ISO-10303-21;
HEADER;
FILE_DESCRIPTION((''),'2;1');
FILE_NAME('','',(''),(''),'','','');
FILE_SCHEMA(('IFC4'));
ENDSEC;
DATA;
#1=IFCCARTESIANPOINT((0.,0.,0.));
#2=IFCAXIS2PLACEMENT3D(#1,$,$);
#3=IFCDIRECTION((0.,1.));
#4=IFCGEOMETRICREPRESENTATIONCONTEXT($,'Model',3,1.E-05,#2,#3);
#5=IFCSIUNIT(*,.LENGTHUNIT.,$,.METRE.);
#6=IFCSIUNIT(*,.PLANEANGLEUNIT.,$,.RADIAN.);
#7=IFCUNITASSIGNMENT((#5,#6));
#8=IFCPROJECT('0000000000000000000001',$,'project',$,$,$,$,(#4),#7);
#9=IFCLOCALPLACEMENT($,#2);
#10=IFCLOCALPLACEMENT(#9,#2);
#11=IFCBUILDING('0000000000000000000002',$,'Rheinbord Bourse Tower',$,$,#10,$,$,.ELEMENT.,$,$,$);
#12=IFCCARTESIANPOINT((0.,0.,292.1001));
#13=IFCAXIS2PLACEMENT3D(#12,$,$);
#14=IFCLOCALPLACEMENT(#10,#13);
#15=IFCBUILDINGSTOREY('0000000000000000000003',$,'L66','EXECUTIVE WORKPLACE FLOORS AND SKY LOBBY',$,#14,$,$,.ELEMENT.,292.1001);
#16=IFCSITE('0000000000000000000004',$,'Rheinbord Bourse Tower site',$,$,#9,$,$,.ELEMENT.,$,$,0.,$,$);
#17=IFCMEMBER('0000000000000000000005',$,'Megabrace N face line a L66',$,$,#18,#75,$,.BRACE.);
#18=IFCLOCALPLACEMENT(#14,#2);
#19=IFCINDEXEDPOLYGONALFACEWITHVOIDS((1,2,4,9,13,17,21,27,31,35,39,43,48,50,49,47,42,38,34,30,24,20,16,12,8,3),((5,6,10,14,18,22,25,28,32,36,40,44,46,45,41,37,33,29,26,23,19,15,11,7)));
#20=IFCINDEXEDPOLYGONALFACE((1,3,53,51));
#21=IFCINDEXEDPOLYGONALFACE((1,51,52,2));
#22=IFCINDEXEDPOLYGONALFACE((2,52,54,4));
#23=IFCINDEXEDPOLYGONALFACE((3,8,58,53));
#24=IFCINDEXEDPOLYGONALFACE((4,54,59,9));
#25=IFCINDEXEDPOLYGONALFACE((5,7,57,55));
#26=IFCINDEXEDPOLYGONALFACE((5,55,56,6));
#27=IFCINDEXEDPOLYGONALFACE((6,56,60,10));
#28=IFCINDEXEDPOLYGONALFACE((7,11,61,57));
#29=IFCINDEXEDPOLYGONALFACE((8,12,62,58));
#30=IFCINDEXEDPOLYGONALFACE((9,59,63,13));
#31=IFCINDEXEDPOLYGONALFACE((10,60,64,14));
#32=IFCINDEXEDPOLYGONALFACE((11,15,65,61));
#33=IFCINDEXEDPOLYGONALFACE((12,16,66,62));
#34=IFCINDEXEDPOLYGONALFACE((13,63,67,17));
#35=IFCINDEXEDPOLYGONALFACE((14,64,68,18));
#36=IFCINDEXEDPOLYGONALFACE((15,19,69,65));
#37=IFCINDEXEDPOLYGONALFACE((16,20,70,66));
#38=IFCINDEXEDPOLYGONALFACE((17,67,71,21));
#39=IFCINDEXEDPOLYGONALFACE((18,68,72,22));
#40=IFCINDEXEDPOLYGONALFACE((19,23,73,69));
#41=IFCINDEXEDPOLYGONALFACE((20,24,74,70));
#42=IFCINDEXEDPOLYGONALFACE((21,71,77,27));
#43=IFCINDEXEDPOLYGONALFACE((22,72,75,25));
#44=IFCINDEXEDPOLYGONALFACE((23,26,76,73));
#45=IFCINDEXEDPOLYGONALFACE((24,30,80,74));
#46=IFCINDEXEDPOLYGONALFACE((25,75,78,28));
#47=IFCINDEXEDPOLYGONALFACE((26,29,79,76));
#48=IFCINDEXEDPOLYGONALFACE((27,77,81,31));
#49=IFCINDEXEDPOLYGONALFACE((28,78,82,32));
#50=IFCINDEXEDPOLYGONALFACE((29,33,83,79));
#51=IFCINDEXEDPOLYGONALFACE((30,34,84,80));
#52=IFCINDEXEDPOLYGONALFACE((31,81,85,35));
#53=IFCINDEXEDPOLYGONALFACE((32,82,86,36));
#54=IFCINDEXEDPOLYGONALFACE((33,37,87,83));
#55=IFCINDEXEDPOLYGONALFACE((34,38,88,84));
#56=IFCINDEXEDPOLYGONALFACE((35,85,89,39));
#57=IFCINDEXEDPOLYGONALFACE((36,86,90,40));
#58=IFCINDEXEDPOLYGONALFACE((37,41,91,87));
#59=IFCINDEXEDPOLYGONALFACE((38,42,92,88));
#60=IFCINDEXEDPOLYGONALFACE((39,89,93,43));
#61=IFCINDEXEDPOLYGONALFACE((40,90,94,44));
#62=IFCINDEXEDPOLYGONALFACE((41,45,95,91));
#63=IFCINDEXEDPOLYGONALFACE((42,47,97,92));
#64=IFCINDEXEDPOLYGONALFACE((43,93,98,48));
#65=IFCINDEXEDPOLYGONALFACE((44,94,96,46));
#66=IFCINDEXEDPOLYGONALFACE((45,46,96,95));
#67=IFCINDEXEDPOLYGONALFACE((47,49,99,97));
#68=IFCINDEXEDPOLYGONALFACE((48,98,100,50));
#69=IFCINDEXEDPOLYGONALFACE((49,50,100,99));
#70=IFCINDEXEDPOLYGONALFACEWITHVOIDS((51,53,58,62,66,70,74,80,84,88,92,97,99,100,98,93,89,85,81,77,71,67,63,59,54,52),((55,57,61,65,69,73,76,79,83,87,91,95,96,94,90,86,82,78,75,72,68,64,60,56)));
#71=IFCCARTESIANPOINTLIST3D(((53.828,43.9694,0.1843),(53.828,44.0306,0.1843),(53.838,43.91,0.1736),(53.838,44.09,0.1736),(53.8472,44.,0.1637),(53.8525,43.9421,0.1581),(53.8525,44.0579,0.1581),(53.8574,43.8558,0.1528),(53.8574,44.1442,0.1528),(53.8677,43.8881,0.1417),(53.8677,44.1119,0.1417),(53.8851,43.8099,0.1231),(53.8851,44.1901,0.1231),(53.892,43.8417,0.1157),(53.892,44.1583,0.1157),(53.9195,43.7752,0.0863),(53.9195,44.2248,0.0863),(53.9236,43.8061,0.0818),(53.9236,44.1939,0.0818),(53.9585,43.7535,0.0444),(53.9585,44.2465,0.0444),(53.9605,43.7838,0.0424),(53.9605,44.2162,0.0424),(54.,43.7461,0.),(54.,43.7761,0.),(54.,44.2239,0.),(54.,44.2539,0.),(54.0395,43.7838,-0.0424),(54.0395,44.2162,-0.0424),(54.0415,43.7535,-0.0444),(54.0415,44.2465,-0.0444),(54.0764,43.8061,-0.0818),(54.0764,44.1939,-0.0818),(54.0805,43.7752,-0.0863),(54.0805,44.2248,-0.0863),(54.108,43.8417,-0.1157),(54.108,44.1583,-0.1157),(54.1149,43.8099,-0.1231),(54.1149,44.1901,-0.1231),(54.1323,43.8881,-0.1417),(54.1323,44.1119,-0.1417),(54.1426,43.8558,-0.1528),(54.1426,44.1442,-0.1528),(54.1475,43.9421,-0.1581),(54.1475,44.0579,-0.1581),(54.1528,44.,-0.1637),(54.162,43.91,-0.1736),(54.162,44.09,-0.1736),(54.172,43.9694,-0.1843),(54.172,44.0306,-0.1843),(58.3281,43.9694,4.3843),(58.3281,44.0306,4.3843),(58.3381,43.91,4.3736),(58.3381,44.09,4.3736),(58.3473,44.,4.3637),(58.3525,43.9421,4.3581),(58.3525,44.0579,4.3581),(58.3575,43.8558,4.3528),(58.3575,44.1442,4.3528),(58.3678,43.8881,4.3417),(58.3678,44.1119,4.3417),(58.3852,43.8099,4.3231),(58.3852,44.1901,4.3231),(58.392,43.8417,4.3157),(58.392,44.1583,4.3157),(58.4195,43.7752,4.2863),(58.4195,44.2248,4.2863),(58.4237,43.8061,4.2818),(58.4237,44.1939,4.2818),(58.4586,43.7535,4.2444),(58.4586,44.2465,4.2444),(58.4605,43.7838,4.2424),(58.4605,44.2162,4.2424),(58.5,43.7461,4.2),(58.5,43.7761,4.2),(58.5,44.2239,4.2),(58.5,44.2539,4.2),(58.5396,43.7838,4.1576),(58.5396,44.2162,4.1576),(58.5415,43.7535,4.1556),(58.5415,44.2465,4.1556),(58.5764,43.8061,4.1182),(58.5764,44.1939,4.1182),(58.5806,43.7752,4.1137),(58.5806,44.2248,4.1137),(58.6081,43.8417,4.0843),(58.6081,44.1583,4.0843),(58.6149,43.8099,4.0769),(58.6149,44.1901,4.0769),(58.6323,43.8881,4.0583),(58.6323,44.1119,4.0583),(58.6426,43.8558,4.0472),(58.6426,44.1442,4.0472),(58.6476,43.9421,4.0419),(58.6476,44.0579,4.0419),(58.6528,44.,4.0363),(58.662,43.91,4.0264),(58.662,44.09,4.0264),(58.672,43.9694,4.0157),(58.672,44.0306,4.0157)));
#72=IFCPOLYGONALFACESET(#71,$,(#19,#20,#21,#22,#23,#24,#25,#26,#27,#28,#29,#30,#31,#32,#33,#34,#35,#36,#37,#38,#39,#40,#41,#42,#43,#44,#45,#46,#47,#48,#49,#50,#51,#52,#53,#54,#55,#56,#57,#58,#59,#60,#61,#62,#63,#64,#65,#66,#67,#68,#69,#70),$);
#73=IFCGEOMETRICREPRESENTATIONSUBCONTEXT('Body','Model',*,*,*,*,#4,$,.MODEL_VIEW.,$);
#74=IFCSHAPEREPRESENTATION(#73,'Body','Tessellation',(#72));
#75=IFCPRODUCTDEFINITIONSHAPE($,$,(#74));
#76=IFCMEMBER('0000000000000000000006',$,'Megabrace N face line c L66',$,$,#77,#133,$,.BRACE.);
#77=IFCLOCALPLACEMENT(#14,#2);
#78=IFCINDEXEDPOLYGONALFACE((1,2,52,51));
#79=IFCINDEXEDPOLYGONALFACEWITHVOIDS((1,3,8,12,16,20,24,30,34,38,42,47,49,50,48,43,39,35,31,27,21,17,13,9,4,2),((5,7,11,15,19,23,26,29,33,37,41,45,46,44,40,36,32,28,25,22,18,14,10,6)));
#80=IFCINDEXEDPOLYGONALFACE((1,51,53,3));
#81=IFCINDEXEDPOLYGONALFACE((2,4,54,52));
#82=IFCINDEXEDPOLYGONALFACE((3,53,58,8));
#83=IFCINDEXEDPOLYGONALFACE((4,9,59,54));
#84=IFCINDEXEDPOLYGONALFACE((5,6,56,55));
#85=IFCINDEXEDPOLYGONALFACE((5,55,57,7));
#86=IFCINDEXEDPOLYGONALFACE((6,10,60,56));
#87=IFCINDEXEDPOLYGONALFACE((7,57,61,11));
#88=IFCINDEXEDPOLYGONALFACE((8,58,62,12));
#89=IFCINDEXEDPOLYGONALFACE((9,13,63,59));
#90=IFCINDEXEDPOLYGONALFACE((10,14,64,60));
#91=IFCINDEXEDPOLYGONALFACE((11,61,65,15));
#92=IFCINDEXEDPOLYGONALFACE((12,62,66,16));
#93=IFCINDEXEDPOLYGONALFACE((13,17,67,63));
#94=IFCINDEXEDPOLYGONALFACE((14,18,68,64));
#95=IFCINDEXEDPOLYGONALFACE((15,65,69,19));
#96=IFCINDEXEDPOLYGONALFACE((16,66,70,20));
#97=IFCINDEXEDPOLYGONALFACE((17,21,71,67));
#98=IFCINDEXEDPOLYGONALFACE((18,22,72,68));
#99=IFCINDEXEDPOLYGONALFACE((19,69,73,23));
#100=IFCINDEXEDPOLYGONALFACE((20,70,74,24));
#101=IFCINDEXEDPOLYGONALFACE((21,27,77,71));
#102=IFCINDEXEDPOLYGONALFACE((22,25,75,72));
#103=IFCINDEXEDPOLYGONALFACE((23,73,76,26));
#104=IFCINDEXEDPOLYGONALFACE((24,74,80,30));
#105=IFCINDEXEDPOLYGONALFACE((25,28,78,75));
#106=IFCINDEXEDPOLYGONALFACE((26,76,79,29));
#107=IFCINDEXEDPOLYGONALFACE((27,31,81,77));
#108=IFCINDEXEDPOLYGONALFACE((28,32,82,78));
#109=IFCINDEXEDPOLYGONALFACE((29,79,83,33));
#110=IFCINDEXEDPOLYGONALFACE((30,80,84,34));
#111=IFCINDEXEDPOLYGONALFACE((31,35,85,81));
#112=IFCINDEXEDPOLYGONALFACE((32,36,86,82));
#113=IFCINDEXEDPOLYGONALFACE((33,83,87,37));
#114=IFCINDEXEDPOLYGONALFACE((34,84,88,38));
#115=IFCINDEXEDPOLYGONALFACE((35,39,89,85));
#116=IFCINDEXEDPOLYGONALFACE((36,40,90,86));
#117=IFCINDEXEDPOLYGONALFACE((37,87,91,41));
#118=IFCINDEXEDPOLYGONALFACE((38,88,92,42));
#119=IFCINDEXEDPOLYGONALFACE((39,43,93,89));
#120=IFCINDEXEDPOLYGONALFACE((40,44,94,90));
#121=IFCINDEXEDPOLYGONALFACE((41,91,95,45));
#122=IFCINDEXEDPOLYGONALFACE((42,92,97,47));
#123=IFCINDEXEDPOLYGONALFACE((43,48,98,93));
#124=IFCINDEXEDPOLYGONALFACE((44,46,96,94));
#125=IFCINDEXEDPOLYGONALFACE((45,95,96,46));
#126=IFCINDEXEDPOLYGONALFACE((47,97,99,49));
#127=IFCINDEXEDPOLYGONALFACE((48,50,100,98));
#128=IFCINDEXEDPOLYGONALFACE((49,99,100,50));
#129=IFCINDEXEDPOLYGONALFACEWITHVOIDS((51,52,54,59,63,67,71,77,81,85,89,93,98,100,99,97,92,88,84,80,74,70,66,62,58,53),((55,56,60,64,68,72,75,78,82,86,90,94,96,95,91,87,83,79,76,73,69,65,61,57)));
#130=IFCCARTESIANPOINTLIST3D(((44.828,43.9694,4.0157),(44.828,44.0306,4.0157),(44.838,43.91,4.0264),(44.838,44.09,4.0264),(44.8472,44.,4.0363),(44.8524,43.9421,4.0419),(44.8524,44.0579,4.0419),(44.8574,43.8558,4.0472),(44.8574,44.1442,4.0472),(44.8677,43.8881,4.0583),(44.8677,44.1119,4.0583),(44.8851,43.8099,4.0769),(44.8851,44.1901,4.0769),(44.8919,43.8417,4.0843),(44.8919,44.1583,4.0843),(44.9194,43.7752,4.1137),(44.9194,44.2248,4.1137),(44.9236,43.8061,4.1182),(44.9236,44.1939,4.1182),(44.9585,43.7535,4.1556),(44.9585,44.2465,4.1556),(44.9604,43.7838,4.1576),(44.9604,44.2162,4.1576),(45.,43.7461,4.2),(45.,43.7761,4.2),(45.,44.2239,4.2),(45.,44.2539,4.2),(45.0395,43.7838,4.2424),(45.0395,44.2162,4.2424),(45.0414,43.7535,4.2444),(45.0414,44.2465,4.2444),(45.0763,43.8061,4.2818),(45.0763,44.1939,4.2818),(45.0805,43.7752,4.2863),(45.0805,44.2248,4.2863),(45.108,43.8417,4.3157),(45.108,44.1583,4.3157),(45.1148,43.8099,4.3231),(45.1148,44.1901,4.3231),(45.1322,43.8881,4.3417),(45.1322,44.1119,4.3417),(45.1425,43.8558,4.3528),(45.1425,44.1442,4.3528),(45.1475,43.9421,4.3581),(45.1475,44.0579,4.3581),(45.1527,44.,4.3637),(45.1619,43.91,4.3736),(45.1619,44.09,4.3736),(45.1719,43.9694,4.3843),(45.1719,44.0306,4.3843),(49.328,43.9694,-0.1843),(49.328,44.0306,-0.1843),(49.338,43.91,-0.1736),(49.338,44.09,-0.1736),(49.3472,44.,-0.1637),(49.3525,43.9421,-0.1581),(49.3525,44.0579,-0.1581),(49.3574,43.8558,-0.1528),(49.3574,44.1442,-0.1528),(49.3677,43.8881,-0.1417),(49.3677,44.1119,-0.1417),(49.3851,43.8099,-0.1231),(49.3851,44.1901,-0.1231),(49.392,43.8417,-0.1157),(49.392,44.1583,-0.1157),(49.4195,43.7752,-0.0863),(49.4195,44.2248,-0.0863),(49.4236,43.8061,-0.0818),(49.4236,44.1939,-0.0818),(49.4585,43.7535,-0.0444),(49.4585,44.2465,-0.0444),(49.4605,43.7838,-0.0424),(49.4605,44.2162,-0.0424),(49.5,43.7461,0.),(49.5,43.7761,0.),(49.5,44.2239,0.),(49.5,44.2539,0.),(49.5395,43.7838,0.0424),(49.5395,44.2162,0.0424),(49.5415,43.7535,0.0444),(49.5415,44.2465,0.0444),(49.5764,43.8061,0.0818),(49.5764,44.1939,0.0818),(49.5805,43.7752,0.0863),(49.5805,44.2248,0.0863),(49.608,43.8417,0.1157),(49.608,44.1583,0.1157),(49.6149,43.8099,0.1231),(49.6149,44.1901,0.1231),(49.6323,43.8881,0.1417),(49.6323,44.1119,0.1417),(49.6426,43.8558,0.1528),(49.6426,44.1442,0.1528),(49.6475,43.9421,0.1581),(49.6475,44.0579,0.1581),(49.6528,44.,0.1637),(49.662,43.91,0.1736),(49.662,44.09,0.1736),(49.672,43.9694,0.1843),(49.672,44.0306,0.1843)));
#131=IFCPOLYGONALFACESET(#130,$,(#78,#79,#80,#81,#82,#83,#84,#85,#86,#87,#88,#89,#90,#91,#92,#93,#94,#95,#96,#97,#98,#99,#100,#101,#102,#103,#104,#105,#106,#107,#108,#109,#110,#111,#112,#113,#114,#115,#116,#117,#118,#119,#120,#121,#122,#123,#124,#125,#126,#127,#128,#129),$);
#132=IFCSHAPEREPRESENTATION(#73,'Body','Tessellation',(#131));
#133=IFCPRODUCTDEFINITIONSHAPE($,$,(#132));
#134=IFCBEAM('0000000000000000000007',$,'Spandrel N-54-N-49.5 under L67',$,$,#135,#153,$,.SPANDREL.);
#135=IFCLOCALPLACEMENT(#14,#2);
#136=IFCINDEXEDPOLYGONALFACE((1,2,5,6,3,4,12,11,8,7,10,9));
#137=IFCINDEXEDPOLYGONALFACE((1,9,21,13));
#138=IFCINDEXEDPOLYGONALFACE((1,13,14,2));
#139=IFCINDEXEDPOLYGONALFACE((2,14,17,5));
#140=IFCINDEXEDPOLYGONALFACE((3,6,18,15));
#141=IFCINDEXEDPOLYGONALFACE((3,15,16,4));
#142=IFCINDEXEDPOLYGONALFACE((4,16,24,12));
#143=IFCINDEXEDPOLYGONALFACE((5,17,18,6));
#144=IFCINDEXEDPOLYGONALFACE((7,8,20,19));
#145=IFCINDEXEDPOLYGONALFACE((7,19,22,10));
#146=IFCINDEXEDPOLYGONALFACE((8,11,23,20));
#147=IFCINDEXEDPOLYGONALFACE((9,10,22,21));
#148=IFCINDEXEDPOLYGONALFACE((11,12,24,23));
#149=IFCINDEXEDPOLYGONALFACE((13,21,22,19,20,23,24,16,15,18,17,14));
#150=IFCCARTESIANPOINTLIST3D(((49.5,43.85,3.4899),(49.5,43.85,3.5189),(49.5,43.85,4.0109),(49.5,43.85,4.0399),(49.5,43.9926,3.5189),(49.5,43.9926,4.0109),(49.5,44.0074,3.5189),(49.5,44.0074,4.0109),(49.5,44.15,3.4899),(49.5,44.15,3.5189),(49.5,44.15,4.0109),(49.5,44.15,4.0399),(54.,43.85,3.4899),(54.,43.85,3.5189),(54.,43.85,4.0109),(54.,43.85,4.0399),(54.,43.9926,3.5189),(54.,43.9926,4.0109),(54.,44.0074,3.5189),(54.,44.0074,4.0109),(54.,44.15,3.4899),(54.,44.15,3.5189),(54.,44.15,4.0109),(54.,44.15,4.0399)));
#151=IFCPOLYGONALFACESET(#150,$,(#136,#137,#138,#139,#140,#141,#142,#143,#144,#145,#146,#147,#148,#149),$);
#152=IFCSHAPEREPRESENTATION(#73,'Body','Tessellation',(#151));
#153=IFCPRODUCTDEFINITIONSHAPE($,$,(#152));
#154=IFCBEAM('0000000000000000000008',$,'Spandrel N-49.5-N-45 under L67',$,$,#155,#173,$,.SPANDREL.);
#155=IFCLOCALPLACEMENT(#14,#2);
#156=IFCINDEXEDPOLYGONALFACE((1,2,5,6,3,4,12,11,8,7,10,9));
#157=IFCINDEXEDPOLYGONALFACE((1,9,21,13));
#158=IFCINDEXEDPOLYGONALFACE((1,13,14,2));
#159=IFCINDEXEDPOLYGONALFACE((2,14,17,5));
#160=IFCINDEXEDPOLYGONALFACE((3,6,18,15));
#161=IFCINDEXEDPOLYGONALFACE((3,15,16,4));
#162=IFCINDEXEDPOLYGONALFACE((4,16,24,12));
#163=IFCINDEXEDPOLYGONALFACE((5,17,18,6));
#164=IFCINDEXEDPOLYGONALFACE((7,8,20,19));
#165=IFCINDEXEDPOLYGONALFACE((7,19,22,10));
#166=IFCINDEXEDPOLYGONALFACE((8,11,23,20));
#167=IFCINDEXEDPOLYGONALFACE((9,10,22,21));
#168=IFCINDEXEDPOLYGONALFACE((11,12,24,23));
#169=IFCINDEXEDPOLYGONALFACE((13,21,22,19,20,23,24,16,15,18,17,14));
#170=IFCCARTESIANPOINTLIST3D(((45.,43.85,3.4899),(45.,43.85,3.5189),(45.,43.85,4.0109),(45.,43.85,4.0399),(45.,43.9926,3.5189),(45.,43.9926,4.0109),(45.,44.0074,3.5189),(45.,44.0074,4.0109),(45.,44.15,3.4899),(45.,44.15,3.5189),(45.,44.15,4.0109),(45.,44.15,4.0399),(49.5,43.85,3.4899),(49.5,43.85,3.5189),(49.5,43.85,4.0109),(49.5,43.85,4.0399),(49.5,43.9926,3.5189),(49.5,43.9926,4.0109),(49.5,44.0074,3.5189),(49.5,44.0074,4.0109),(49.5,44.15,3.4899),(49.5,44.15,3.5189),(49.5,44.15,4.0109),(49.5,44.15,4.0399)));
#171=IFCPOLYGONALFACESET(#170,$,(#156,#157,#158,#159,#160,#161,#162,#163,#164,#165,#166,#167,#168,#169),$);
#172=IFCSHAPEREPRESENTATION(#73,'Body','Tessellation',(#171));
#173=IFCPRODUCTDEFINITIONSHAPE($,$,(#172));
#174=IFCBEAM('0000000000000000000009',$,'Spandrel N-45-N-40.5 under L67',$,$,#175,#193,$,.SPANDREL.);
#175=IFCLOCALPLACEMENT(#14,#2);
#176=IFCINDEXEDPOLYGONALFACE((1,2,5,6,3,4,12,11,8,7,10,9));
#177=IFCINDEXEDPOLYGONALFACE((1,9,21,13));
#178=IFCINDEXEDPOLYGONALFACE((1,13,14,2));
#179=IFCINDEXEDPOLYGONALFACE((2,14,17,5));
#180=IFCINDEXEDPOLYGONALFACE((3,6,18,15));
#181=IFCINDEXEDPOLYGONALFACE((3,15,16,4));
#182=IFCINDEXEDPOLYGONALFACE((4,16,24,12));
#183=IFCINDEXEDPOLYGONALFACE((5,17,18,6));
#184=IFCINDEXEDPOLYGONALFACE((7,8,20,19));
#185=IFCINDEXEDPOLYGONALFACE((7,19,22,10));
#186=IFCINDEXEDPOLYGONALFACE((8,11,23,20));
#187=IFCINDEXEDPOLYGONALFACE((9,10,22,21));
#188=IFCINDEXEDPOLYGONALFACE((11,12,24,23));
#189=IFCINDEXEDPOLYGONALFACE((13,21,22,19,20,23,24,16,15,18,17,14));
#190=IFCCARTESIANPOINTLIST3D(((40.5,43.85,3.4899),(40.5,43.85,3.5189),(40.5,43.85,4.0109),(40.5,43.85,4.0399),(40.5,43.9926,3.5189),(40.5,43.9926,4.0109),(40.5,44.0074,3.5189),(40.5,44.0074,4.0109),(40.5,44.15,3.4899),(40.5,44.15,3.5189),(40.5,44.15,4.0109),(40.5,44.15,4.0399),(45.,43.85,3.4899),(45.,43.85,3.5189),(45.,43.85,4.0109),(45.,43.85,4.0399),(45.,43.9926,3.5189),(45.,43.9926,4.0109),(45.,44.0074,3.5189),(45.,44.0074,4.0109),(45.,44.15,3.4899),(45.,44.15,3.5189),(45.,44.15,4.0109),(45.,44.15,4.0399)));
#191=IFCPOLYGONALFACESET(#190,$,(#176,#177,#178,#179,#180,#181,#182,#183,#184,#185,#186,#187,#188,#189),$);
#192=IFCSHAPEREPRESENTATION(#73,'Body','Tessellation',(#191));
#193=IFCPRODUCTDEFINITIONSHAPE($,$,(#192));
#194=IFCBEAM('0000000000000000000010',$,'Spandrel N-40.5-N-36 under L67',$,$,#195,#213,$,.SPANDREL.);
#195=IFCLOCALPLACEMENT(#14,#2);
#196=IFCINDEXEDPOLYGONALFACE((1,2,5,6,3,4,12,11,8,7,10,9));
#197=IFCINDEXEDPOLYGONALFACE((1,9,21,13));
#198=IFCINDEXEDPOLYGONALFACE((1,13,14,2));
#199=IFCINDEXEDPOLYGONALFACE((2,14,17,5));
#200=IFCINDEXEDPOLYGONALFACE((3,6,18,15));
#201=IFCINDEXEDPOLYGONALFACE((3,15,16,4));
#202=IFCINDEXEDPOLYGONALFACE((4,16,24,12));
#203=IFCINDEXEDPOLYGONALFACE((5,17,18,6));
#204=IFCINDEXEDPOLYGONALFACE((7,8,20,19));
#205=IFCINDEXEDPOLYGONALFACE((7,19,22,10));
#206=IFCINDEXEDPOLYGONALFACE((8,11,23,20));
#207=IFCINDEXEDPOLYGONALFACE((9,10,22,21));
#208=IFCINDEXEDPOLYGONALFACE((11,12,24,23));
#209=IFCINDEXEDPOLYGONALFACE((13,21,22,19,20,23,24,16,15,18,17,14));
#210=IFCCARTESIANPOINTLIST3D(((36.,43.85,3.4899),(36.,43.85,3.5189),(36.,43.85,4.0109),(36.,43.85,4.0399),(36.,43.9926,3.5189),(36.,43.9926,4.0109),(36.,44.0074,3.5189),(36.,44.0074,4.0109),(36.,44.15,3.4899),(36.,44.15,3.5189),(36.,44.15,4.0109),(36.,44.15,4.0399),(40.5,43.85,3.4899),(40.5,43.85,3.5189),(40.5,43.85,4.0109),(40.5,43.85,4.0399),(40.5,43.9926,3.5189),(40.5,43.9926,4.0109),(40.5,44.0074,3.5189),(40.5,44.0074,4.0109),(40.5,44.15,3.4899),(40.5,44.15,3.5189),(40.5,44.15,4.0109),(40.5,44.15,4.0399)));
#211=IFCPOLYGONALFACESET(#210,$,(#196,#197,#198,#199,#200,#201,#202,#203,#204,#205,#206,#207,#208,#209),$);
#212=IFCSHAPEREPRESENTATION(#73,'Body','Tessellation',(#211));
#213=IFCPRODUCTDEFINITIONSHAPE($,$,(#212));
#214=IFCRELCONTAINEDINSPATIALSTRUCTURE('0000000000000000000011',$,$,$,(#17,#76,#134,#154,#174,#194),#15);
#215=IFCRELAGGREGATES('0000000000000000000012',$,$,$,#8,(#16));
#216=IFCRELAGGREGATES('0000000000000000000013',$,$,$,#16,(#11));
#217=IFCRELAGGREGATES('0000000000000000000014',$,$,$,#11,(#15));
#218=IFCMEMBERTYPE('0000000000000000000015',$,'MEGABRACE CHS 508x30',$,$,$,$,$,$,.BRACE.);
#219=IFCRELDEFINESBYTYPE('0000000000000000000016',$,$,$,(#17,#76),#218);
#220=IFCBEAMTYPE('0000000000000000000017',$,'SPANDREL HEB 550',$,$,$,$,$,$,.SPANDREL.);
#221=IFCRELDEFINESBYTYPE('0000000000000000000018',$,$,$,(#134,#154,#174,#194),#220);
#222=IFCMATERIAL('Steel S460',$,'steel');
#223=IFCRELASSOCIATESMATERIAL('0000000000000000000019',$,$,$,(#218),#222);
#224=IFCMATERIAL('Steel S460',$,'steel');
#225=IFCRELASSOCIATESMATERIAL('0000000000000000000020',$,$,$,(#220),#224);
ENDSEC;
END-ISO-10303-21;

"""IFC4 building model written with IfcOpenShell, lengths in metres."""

from ifc_helpers import new_model, si_unit, direction, frame, origin, origin_2d, place, context, subcontext, project, spatial, hollow_circle, i_section, extrude, material, material_profile, profile_set, type_object, element, save


model = new_model("IFC4")

# Units and contexts
model_context = context("Model", 3, precision=1e-05, world=origin(), true_north=direction((0.0, 1.0)))
body_context = subcontext(model_context, "Body", "Model", "MODEL_VIEW")
ifc_project = project(units=[si_unit("LENGTHUNIT", "METRE"), si_unit("PLANEANGLEUNIT", "RADIAN")], contexts=[model_context])

# Site, building, storey
site_placement = place(None, origin())
site = spatial("IfcSite", under=ifc_project, at=site_placement, Name="Rheinbord Bourse Tower site", CompositionType="ELEMENT", RefElevation=0.0)
building_placement = place(site_placement, origin())
building = spatial("IfcBuilding", under=site, at=building_placement, Name="Rheinbord Bourse Tower", CompositionType="ELEMENT")
storey_placement = place(building_placement, frame((0.0, 0.0, 292.1001)))
storey = spatial("IfcBuildingStorey", under=building, at=storey_placement, Name="L66", Description="EXECUTIVE WORKPLACE FLOORS AND SKY LOBBY", CompositionType="ELEMENT", Elevation=292.1001)

# Members
ifc_material_1 = material(Name="Steel S460", Category="steel")
ifc_material_profile_1 = material_profile(ifc_material_1, hollow_circle(Radius=0.2539, WallThickness=0.03, at=origin_2d()), Name="CHS 508x30")
ifc_profile_set_1 = profile_set([ifc_material_profile_1], Name="Steel S460")
member_type_1 = type_object("IfcMemberType", Name="MEGABRACE CHS 508x30", PredefinedType="BRACE", material=ifc_profile_set_1)
for number, where, z_axis, x_axis, name in (
    (1, (54.0, 44.0, 0.0), (0.731059, 0.0, 0.682314), (0.0, 1.0, 0.0), "Megabrace N face line a L66"),
    (2, (49.5, 44.0, 0.0), (-0.731059, 0.0, 0.682314), (0.0, -1.0, 0.0), "Megabrace N face line c L66"),
):
    element("IfcMember", number, at=place(storey_placement, frame(where, z_axis=z_axis, x_axis=x_axis)), inside=storey, type_object=member_type_1, Name=name, PredefinedType="BRACE", context=body_context, shape_type="SweptSolid", body=[
        extrude(hollow_circle(Radius=0.2539, WallThickness=0.03, at=origin_2d()), origin(), (0.0, 0.0, 1.0), 6.1555),
    ])

# Beams
ifc_material_2 = material(Name="Steel S460", Category="steel")
ifc_material_profile_2 = material_profile(ifc_material_2, i_section(OverallWidth=0.3, OverallDepth=0.55, WebThickness=0.0149, FlangeThickness=0.0291, at=origin_2d()), Name="HEB 550")
ifc_profile_set_2 = profile_set([ifc_material_profile_2], Name="Steel S460")
beam_type_1 = type_object("IfcBeamType", Name="SPANDREL HEB 550", PredefinedType="SPANDREL", material=ifc_profile_set_2)
for number, where, z_axis, x_axis, name in (
    (3, (54.0, 44.0, 3.7649), (-1.0, 0.0, 0.0), (0.0, -1.0, 0.0), "Spandrel N-54-N-49.5 under L67"),
    (4, (49.5, 44.0, 3.7649), (-1.0, 0.0, 0.0), (0.0, -1.0, 0.0), "Spandrel N-49.5-N-45 under L67"),
    (5, (45.0, 44.0, 3.7649), (-1.0, 0.0, 0.0), (0.0, -1.0, 0.0), "Spandrel N-45-N-40.5 under L67"),
    (6, (40.5, 44.0, 3.7649), (-1.0, 0.0, 0.0), (0.0, -1.0, 0.0), "Spandrel N-40.5-N-36 under L67"),
):
    element("IfcBeam", number, at=place(storey_placement, frame(where, z_axis=z_axis, x_axis=x_axis)), inside=storey, type_object=beam_type_1, Name=name, PredefinedType="SPANDREL", context=body_context, shape_type="SweptSolid", body=[
        extrude(i_section(OverallWidth=0.3, OverallDepth=0.55, WebThickness=0.0149, FlangeThickness=0.0291, at=origin_2d()), origin(), (0.0, 0.0, 1.0), 4.5),
    ])

save(model, "model.ifc")
